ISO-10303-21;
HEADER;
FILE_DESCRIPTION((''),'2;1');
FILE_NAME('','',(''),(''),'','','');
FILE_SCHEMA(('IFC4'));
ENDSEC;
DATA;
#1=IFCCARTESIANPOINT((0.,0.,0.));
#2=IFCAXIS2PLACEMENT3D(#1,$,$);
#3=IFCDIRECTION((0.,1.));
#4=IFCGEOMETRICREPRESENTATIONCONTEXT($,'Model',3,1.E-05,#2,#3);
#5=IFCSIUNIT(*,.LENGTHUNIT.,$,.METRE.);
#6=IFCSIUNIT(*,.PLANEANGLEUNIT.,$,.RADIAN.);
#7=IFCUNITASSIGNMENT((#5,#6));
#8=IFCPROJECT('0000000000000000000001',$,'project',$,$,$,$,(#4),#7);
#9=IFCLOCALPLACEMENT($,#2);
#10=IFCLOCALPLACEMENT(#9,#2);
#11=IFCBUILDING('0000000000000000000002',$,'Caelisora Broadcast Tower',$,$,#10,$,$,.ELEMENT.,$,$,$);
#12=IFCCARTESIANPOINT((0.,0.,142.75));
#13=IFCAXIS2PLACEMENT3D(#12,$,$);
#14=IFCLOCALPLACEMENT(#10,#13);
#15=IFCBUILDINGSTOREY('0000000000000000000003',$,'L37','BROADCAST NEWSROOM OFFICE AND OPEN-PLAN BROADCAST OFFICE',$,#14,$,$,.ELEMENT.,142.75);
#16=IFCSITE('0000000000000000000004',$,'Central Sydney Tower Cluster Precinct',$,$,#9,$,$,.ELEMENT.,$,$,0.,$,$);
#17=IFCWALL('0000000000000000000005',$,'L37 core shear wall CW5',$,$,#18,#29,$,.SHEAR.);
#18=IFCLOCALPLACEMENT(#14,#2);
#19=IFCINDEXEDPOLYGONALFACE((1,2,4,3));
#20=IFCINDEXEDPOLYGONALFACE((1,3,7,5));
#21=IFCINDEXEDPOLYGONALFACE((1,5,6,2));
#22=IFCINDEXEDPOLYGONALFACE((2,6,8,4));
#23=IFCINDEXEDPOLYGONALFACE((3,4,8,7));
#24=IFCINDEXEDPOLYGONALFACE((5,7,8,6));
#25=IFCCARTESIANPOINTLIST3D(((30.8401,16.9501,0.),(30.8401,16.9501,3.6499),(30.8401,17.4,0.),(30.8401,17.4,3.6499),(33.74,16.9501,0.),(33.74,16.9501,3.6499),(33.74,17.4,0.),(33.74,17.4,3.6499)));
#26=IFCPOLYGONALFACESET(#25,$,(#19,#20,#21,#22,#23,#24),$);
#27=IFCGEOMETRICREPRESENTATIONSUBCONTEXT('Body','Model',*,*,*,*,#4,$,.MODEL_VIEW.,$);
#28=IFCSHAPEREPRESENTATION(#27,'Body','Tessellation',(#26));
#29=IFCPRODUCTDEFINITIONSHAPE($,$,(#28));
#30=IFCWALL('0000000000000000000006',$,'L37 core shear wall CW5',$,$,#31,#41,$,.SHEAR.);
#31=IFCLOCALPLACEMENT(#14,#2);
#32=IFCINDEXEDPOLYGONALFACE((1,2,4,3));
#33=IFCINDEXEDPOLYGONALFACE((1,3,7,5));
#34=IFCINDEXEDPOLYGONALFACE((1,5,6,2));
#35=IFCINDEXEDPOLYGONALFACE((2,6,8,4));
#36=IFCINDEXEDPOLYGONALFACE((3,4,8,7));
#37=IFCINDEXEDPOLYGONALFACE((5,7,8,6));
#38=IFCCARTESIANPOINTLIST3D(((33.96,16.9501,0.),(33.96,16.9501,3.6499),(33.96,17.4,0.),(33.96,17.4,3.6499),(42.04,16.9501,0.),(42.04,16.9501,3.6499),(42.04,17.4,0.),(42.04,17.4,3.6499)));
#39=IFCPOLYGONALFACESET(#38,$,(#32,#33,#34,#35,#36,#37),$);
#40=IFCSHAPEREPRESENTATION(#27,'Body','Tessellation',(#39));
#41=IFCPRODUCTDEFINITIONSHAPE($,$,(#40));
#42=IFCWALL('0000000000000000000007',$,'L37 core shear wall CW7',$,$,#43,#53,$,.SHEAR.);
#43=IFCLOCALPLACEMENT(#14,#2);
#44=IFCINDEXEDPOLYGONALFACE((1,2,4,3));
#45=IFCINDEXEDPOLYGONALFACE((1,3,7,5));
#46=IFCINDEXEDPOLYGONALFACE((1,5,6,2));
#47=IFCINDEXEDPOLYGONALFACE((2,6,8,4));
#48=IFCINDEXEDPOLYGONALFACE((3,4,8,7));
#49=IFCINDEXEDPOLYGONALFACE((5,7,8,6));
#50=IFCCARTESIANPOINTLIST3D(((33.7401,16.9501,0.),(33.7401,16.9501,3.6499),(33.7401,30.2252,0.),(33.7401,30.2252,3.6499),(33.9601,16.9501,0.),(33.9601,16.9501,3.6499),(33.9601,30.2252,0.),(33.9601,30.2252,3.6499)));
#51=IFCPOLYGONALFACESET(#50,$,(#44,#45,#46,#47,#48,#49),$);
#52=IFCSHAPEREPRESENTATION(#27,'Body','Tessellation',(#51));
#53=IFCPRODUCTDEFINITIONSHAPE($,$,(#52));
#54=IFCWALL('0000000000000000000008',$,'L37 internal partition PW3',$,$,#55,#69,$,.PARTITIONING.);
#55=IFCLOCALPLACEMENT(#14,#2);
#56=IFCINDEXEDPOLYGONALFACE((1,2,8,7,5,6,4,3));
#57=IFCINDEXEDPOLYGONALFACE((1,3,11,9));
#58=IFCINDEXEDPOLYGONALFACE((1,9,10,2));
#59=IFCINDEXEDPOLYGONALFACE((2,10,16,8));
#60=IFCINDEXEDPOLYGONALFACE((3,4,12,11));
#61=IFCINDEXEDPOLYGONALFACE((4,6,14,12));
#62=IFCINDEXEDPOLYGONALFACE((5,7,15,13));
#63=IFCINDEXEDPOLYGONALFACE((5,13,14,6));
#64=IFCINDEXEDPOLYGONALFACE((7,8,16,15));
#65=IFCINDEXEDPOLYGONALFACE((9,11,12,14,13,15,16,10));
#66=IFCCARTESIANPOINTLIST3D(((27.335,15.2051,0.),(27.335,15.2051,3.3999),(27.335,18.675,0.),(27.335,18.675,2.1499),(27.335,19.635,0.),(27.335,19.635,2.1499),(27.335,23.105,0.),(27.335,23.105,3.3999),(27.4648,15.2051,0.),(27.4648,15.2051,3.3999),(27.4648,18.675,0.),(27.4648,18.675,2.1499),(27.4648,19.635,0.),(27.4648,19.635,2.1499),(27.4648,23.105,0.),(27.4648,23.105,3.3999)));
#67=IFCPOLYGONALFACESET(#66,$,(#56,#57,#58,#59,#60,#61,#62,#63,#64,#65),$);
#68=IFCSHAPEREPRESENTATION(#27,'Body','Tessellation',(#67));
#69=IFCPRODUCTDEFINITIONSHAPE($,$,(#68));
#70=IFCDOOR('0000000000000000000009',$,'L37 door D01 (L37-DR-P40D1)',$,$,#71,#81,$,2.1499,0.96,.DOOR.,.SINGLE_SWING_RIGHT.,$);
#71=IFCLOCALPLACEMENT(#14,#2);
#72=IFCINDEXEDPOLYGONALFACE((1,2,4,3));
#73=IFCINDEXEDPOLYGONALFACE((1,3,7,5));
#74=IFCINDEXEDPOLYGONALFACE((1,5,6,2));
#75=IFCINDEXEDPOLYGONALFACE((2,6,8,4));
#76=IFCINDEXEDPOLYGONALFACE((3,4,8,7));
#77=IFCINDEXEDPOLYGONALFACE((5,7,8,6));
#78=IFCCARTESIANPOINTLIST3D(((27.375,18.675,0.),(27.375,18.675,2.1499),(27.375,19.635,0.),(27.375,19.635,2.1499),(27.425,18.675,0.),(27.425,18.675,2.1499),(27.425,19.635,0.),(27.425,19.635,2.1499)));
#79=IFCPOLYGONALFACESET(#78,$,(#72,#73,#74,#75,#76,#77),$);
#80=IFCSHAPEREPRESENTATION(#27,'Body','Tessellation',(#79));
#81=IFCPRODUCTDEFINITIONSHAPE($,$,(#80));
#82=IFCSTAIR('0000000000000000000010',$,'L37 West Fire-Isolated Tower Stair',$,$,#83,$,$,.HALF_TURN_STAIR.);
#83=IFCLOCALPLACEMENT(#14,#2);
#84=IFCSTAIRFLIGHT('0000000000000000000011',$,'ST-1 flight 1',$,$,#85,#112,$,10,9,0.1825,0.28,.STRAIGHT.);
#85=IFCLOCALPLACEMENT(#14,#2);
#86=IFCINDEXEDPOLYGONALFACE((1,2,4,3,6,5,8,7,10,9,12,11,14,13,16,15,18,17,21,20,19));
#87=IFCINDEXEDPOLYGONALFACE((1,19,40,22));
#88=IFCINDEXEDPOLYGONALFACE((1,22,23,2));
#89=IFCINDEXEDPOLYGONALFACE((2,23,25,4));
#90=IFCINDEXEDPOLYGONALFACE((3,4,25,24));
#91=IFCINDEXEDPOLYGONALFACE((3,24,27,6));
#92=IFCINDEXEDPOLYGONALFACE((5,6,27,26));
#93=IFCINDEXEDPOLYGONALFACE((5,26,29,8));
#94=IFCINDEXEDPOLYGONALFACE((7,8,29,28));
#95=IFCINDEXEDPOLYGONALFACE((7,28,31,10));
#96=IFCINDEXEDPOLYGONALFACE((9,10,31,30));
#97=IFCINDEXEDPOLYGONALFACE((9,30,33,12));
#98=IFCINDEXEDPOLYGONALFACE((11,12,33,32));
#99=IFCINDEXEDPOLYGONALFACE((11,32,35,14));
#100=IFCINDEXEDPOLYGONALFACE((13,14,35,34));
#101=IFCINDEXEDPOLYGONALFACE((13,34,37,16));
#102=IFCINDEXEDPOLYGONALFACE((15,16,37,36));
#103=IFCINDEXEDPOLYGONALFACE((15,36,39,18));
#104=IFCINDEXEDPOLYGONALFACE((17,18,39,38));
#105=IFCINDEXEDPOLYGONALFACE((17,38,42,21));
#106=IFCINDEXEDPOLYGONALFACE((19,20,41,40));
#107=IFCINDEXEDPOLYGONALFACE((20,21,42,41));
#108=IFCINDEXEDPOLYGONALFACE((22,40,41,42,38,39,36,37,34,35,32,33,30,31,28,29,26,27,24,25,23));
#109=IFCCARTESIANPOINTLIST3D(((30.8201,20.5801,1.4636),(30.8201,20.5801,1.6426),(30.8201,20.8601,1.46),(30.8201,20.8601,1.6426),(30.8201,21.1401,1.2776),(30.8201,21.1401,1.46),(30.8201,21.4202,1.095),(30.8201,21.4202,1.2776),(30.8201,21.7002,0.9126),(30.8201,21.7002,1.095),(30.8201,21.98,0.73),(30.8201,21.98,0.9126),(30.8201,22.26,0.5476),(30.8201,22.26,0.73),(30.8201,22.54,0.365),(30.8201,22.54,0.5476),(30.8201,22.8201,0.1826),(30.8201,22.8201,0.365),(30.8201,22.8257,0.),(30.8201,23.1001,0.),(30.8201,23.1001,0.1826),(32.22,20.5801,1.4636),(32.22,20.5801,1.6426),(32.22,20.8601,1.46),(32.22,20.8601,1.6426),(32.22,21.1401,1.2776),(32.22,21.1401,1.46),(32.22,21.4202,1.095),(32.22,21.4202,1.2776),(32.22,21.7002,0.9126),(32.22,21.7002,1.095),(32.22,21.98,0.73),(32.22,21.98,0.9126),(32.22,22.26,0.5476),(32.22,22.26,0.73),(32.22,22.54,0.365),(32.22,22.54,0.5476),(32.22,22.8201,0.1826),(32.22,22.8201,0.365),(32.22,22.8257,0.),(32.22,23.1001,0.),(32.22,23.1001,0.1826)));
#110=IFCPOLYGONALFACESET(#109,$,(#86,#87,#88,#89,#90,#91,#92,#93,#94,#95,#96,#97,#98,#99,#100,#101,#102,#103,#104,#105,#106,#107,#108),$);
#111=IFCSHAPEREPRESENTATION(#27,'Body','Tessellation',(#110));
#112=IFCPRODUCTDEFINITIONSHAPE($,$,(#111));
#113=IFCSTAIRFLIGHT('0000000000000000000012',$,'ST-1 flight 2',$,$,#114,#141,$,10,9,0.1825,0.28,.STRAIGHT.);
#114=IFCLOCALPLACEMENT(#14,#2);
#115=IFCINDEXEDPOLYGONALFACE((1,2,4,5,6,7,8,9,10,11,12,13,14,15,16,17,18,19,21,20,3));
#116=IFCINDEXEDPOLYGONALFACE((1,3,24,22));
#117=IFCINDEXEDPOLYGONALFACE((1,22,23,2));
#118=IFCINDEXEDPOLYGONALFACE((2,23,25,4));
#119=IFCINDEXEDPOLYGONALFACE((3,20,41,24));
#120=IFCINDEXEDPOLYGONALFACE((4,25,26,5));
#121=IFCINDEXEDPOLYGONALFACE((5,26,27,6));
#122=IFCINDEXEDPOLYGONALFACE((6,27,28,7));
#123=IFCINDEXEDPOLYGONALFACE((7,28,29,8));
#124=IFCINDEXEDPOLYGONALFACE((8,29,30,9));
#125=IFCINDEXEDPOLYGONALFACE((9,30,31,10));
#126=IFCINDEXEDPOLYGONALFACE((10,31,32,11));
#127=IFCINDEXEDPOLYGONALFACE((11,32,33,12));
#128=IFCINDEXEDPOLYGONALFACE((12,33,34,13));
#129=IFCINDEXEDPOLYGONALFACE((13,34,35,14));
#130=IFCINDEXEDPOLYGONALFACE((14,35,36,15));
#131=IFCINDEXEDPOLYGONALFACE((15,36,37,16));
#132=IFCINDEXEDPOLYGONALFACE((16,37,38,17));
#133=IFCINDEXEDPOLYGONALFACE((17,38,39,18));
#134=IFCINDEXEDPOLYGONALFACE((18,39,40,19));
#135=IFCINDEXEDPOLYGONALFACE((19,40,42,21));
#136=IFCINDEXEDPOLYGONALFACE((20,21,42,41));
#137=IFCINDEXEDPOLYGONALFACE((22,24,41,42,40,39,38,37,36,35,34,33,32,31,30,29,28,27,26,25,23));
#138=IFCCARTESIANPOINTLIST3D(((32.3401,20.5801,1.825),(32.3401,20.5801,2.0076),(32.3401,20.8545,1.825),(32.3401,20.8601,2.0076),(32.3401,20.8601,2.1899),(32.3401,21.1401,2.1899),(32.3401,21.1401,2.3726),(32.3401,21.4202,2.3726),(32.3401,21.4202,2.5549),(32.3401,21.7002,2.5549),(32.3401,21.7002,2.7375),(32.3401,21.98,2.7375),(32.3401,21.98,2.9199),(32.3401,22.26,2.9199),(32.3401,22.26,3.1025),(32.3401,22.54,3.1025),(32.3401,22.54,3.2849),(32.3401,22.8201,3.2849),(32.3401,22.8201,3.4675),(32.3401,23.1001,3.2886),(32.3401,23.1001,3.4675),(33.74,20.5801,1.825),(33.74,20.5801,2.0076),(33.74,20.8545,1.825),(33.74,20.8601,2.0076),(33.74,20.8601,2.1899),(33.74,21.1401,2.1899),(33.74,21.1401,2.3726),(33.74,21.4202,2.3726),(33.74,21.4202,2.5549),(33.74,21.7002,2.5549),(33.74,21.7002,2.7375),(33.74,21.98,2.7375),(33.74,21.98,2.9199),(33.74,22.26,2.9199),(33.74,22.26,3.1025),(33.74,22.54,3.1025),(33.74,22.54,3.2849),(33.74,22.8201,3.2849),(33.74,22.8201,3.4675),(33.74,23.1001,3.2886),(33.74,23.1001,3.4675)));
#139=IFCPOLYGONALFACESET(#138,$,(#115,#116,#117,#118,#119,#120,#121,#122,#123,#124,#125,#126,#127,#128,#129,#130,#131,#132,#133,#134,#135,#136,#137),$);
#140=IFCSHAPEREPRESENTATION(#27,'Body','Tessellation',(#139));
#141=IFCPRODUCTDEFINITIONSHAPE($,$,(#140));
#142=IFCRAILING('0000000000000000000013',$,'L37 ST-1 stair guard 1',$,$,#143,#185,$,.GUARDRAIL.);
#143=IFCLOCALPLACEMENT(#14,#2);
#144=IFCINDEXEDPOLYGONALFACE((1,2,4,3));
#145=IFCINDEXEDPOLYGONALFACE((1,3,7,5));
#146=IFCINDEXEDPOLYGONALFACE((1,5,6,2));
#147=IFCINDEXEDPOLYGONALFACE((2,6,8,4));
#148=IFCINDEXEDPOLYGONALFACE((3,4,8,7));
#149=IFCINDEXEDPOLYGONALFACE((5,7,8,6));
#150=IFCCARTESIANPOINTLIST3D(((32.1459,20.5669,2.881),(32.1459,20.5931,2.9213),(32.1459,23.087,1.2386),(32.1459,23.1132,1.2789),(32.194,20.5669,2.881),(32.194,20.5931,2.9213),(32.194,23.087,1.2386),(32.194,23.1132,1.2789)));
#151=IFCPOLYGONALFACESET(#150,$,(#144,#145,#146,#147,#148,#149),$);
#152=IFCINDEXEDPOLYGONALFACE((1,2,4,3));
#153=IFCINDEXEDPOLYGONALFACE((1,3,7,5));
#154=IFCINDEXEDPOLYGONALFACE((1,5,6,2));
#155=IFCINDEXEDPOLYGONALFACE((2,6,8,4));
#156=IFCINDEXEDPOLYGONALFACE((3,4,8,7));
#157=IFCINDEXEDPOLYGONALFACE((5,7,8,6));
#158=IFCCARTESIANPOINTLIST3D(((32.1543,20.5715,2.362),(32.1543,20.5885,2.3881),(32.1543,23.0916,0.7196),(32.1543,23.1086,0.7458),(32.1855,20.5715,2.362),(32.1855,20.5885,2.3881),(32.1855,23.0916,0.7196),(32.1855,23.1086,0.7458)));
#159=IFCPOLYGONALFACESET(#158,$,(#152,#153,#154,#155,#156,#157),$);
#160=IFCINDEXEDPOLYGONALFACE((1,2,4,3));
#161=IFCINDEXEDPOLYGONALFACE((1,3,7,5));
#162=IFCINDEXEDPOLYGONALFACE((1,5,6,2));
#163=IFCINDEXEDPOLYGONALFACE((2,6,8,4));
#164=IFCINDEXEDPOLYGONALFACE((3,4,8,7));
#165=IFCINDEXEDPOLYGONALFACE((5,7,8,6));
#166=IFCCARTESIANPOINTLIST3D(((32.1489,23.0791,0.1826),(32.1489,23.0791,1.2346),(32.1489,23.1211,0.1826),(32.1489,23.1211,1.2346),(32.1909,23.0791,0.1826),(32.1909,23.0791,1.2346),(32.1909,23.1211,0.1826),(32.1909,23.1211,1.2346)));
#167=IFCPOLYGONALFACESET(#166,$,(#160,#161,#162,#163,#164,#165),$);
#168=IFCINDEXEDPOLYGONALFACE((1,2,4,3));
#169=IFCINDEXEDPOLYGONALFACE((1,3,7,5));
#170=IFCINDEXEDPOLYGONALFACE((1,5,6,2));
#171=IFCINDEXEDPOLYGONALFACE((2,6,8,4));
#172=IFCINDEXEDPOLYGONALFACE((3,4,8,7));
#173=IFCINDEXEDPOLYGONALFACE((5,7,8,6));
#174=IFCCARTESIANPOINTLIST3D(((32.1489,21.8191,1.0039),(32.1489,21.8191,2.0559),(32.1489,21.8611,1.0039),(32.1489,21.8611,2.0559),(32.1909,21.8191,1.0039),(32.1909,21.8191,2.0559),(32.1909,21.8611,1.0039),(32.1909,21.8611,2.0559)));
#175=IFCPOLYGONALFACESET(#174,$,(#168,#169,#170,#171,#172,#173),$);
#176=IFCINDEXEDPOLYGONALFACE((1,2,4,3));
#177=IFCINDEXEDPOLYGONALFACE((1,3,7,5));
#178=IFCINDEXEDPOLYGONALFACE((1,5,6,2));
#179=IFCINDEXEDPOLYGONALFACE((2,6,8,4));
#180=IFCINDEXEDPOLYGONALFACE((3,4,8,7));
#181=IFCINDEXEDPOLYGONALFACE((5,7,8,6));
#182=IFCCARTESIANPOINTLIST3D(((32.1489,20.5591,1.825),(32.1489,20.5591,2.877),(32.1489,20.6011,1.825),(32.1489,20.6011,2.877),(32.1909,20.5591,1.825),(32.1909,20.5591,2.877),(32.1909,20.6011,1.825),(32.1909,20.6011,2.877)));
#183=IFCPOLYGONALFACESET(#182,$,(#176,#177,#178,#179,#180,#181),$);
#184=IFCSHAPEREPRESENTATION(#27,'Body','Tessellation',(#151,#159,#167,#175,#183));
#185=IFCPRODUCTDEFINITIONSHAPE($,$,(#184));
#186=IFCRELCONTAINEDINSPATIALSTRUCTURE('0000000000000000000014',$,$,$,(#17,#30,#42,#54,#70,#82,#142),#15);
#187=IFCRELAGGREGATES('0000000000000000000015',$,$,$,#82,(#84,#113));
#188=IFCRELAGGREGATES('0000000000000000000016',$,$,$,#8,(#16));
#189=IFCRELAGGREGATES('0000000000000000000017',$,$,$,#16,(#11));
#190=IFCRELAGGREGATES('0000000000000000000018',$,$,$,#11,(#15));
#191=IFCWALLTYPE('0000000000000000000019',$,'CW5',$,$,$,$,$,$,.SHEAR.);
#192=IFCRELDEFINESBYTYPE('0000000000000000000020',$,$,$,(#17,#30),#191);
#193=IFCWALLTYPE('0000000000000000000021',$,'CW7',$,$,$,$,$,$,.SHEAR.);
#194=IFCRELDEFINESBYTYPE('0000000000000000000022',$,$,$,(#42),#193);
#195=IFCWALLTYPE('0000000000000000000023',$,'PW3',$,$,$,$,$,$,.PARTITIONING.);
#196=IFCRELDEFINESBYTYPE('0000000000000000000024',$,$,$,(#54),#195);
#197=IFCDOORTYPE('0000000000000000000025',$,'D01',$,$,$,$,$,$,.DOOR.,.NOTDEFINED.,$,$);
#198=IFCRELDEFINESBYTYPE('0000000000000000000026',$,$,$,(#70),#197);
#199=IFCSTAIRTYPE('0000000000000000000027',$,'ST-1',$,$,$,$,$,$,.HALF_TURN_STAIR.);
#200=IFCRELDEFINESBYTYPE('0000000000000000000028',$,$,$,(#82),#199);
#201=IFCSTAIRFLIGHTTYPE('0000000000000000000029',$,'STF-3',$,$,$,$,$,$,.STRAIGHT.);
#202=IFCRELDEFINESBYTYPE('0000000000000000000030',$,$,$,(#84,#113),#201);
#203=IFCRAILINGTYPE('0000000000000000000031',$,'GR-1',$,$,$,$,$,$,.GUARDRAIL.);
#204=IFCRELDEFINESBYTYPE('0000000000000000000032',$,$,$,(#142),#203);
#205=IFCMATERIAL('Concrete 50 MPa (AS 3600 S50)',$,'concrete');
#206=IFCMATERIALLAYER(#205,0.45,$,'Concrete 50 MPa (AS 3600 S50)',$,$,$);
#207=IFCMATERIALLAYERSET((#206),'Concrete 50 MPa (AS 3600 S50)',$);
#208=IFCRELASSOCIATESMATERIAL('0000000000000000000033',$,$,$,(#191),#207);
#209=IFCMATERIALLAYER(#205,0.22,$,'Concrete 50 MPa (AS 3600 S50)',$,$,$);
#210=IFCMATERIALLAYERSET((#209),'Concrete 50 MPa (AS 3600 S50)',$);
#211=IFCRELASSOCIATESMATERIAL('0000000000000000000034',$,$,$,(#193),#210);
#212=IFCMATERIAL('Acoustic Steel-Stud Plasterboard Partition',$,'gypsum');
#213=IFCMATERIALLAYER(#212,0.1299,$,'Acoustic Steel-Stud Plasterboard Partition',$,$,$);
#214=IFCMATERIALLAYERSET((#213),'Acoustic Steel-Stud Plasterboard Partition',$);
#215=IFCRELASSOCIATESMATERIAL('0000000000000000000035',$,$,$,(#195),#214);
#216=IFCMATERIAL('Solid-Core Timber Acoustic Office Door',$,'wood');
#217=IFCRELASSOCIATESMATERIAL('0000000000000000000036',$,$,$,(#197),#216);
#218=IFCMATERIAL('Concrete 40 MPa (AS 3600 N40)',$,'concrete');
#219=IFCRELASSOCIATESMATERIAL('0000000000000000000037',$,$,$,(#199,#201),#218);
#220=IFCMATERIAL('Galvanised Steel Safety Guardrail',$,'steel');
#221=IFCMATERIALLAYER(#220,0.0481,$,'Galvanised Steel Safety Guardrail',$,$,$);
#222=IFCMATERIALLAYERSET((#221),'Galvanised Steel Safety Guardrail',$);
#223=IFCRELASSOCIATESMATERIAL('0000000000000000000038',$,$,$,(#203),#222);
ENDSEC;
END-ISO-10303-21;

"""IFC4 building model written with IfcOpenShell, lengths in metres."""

from ifc_helpers import new_model, si_unit, direction, frame, frame_2d, origin, origin_2d, place, context, subcontext, project, spatial, polyline, rectangle, outline, extrude, material, layer, layer_set, type_object, element, fill, aggregate, save


model = new_model("IFC4")

# Units and contexts
model_context = context("Model", 3, precision=1e-05, world=origin(), true_north=direction((0.0, 1.0)))
body_context = subcontext(model_context, "Body", "Model", "MODEL_VIEW")
ifc_project = project(units=[si_unit("LENGTHUNIT", "METRE"), si_unit("PLANEANGLEUNIT", "RADIAN")], contexts=[model_context])

# Site, building, storey
site_placement = place(None, origin())
site = spatial("IfcSite", under=ifc_project, at=site_placement, Name="Central Sydney Tower Cluster Precinct", CompositionType="ELEMENT", RefElevation=0.0)
building_placement = place(site_placement, origin())
building = spatial("IfcBuilding", under=site, at=building_placement, Name="Caelisora Broadcast Tower", CompositionType="ELEMENT")
storey_placement = place(building_placement, frame((0.0, 0.0, 142.75)))
storey = spatial("IfcBuildingStorey", under=building, at=storey_placement, Name="L37", Description="BROADCAST NEWSROOM OFFICE AND OPEN-PLAN BROADCAST OFFICE", CompositionType="ELEMENT", Elevation=142.75)

# Shared definitions
ifc_material_1 = material(Name="Concrete 50 MPa (AS 3600 S50)", Category="concrete")

# Walls
ifc_layer_1 = layer(ifc_material_1, 0.45, Name="Concrete 50 MPa (AS 3600 S50)")
ifc_layer_set_1 = layer_set([ifc_layer_1], Name="Concrete 50 MPa (AS 3600 S50)")
wall_type_1 = type_object("IfcWallType", Name="CW5", PredefinedType="SHEAR", material=ifc_layer_set_1)
wall_1_placement = place(storey_placement, frame((30.8401, 17.175, 0.0), z_axis=(0.0, 0.0, 1.0), x_axis=(1.0, 0.0, 0.0)))
element("IfcWall", 1, at=wall_1_placement, inside=storey, type_object=wall_type_1, Name="L37 core shear wall CW5", PredefinedType="SHEAR", context=body_context, shape_type="SweptSolid", body=[
    extrude(rectangle(XDim=2.8999, YDim=0.45, at=frame_2d((1.45, 0.0))), origin(), (0.0, 0.0, 1.0), 3.6499),
])
wall_2_placement = place(storey_placement, frame((33.96, 17.175, 0.0), z_axis=(0.0, 0.0, 1.0), x_axis=(1.0, 0.0, 0.0)))
element("IfcWall", 2, at=wall_2_placement, inside=storey, type_object=wall_type_1, Name="L37 core shear wall CW5", PredefinedType="SHEAR", context=body_context, shape_type="SweptSolid", body=[
    extrude(rectangle(XDim=8.0801, YDim=0.45, at=frame_2d((4.04, 0.0))), origin(), (0.0, 0.0, 1.0), 3.6499),
])
ifc_layer_2 = layer(ifc_material_1, 0.22, Name="Concrete 50 MPa (AS 3600 S50)")
ifc_layer_set_2 = layer_set([ifc_layer_2], Name="Concrete 50 MPa (AS 3600 S50)")
wall_type_2 = type_object("IfcWallType", Name="CW7", PredefinedType="SHEAR", material=ifc_layer_set_2)
wall_3_placement = place(storey_placement, frame((33.8501, 16.95, 0.0), z_axis=(0.0, 0.0, 1.0), x_axis=(0.0, 1.0, 0.0)))
element("IfcWall", 3, at=wall_3_placement, inside=storey, type_object=wall_type_2, Name="L37 core shear wall CW7", PredefinedType="SHEAR", context=body_context, shape_type="SweptSolid", body=[
    extrude(rectangle(XDim=13.2751, YDim=0.22, at=frame_2d((6.6377, 0.0))), origin(), (0.0, 0.0, 1.0), 3.6499),
])

# Wall, opening, door
ifc_material_2 = material(Name="Acoustic Steel-Stud Plasterboard Partition", Category="gypsum")
ifc_layer_3 = layer(ifc_material_2, 0.1299, Name="Acoustic Steel-Stud Plasterboard Partition")
ifc_layer_set_3 = layer_set([ifc_layer_3], Name="Acoustic Steel-Stud Plasterboard Partition")
wall_type_3 = type_object("IfcWallType", Name="PW3", PredefinedType="PARTITIONING", material=ifc_layer_set_3)
wall_4_placement = place(storey_placement, frame((27.3999, 15.2051, 0.0), z_axis=(0.0, 0.0, 1.0), x_axis=(0.0, 1.0, 0.0)))
wall_4 = element("IfcWall", 4, at=wall_4_placement, inside=storey, type_object=wall_type_3, Name="L37 internal partition PW3", PredefinedType="PARTITIONING", context=body_context, shape_type="SweptSolid", body=[
    extrude(rectangle(XDim=7.8999, YDim=0.1299, at=frame_2d((3.95, 0.0))), origin(), (0.0, 0.0, 1.0), 3.3999),
])
opening_1_placement = place(wall_4_placement, frame((3.47, 0.0, 0.0)))
opening_1 = element("IfcOpeningElement", 5, at=opening_1_placement, cuts=wall_4, PredefinedType="OPENING", context=body_context, shape_type="SweptSolid", body=[
    extrude(rectangle(XDim=0.96, YDim=2.1499, at=frame_2d((0.48, 1.075))), frame((0.0, 0.0769, 0.0), z_axis=(0.0, -1.0, 0.0), x_axis=(1.0, 0.0, 0.0)), (0.0, 0.0, 1.0), 0.1538),
])
ifc_material_3 = material(Name="Solid-Core Timber Acoustic Office Door", Category="wood")
door_type_1 = type_object("IfcDoorType", Name="D01", OperationType="NOTDEFINED", PredefinedType="DOOR", material=ifc_material_3)
door_1_placement = place(opening_1_placement, origin())
door_1 = element("IfcDoor", 6, at=door_1_placement, inside=storey, type_object=door_type_1, Name="L37 door D01 (L37-DR-P40D1)", OperationType="SINGLE_SWING_RIGHT", OverallHeight=2.1499, OverallWidth=0.96, PredefinedType="DOOR", context=body_context, shape_type="SweptSolid", body=[
    extrude(rectangle(XDim=0.96, YDim=2.1499, at=frame_2d((0.48, 1.075))), frame((0.0, 0.0249, 0.0), z_axis=(0.0, -1.0, 0.0), x_axis=(1.0, 0.0, 0.0)), (0.0, 0.0, 1.0), 0.05),
])
fill(opening_1, door_1)

# Stair, stair flights
ifc_material_4 = material(Name="Concrete 40 MPa (AS 3600 N40)", Category="concrete")
stair_type = type_object("IfcStairType", Name="ST-1", PredefinedType="HALF_TURN_STAIR", material=ifc_material_4)
stair_placement = place(storey_placement, origin())
stair = element("IfcStair", 7, at=stair_placement, inside=storey, type_object=stair_type, Name="L37 West Fire-Isolated Tower Stair", PredefinedType="HALF_TURN_STAIR")
stair_flight_type = type_object("IfcStairFlightType", Name="STF-3", PredefinedType="STRAIGHT", material=ifc_material_4)
stair_flight_1_placement = place(storey_placement, frame((31.52, 23.1001, 0.0), z_axis=(0.0, 0.0, 1.0), x_axis=(0.0, -1.0, 0.0)))
stair_flight_1 = element("IfcStairFlight", 8, at=stair_flight_1_placement, type_object=stair_flight_type, Name="ST-1 flight 1", NumberOfRisers=10, NumberOfTreads=9, PredefinedType="STRAIGHT", RiserHeight=0.1825, TreadLength=0.28, context=body_context, shape_type="SweptSolid", body=[
    extrude(outline(polyline([(0.0, 0.0), (0.0, 0.1826), (0.28, 0.1826), (0.28, 0.365), (0.5601, 0.365), (0.5601, 0.5476), (0.8401, 0.5476), (0.8401, 0.73), (1.1201, 0.73), (1.1201, 0.9126), (1.3999, 0.9126), (1.3999, 1.095), (1.6799, 1.095), (1.6799, 1.2776), (1.96, 1.2776), (1.96, 1.46), (2.24, 1.46), (2.24, 1.6426), (2.52, 1.6426), (2.52, 1.825), (2.52, 1.4636), (0.2744, 0.0), (0.0, 0.0)])), frame((0.0, 0.7, 0.0), z_axis=(0.0, -1.0, 0.0), x_axis=(1.0, 0.0, 0.0)), (0.0, 0.0, 1.0), 1.3999),
])
stair_flight_2_placement = place(storey_placement, frame((33.04, 20.5801, 1.825), z_axis=(0.0, 0.0, 1.0), x_axis=(0.0, 1.0, 0.0)))
stair_flight_2 = element("IfcStairFlight", 9, at=stair_flight_2_placement, type_object=stair_flight_type, Name="ST-1 flight 2", NumberOfRisers=10, NumberOfTreads=9, PredefinedType="STRAIGHT", RiserHeight=0.1825, TreadLength=0.28, context=body_context, shape_type="SweptSolid", body=[
    extrude(outline(polyline([(0.0, 0.0), (0.0, 0.1826), (0.28, 0.1826), (0.28, 0.365), (0.5601, 0.365), (0.5601, 0.5476), (0.8401, 0.5476), (0.8401, 0.73), (1.1201, 0.73), (1.1201, 0.9126), (1.3999, 0.9126), (1.3999, 1.095), (1.6799, 1.095), (1.6799, 1.2776), (1.96, 1.2776), (1.96, 1.46), (2.24, 1.46), (2.24, 1.6426), (2.52, 1.6426), (2.52, 1.825), (2.52, 1.4636), (0.2744, 0.0), (0.0, 0.0)])), frame((0.0, 0.7, 0.0), z_axis=(0.0, -1.0, 0.0), x_axis=(1.0, 0.0, 0.0)), (0.0, 0.0, 1.0), 1.3999),
])
aggregate(stair, [stair_flight_1, stair_flight_2])

# Railing
ifc_material_5 = material(Name="Galvanised Steel Safety Guardrail", Category="steel")
ifc_layer_4 = layer(ifc_material_5, 0.0481, Name="Galvanised Steel Safety Guardrail")
ifc_layer_set_4 = layer_set([ifc_layer_4], Name="Galvanised Steel Safety Guardrail")
railing_type_1 = type_object("IfcRailingType", Name="GR-1", PredefinedType="GUARDRAIL", material=ifc_layer_set_4)
railing_1_placement = place(storey_placement, frame((32.1699, 23.1001, 0.1826)))
element("IfcRailing", 10, at=railing_1_placement, inside=storey, type_object=railing_type_1, Name="L37 ST-1 stair guard 1", PredefinedType="GUARDRAIL", context=body_context, shape_type="SweptSolid", body=[
    extrude(rectangle(XDim=0.0481, YDim=0.0481, at=origin_2d()), frame((0.0, 0.0, 1.0762), z_axis=(0.0, -0.837787, 0.545998), x_axis=(1.0, 0.0, 0.0)), (0.0, 0.0, 1.0), 3.0081),
    extrude(rectangle(XDim=0.0312, YDim=0.0312, at=origin_2d()), frame((0.0, 0.0, 0.55), z_axis=(0.0, -0.837787, 0.545998), x_axis=(1.0, 0.0, 0.0)), (0.0, 0.0, 1.0), 3.0081),
    extrude(rectangle(XDim=0.042, YDim=0.042, at=origin_2d()), origin(), (0.0, 0.0, 1.0), 1.052),
    extrude(rectangle(XDim=0.042, YDim=0.042, at=origin_2d()), frame((0.0, -1.26, 0.8213)), (0.0, 0.0, 1.0), 1.052),
    extrude(rectangle(XDim=0.042, YDim=0.042, at=origin_2d()), frame((0.0, -2.52, 1.6423)), (0.0, 0.0, 1.0), 1.052),
])

save(model, "model.ifc")
